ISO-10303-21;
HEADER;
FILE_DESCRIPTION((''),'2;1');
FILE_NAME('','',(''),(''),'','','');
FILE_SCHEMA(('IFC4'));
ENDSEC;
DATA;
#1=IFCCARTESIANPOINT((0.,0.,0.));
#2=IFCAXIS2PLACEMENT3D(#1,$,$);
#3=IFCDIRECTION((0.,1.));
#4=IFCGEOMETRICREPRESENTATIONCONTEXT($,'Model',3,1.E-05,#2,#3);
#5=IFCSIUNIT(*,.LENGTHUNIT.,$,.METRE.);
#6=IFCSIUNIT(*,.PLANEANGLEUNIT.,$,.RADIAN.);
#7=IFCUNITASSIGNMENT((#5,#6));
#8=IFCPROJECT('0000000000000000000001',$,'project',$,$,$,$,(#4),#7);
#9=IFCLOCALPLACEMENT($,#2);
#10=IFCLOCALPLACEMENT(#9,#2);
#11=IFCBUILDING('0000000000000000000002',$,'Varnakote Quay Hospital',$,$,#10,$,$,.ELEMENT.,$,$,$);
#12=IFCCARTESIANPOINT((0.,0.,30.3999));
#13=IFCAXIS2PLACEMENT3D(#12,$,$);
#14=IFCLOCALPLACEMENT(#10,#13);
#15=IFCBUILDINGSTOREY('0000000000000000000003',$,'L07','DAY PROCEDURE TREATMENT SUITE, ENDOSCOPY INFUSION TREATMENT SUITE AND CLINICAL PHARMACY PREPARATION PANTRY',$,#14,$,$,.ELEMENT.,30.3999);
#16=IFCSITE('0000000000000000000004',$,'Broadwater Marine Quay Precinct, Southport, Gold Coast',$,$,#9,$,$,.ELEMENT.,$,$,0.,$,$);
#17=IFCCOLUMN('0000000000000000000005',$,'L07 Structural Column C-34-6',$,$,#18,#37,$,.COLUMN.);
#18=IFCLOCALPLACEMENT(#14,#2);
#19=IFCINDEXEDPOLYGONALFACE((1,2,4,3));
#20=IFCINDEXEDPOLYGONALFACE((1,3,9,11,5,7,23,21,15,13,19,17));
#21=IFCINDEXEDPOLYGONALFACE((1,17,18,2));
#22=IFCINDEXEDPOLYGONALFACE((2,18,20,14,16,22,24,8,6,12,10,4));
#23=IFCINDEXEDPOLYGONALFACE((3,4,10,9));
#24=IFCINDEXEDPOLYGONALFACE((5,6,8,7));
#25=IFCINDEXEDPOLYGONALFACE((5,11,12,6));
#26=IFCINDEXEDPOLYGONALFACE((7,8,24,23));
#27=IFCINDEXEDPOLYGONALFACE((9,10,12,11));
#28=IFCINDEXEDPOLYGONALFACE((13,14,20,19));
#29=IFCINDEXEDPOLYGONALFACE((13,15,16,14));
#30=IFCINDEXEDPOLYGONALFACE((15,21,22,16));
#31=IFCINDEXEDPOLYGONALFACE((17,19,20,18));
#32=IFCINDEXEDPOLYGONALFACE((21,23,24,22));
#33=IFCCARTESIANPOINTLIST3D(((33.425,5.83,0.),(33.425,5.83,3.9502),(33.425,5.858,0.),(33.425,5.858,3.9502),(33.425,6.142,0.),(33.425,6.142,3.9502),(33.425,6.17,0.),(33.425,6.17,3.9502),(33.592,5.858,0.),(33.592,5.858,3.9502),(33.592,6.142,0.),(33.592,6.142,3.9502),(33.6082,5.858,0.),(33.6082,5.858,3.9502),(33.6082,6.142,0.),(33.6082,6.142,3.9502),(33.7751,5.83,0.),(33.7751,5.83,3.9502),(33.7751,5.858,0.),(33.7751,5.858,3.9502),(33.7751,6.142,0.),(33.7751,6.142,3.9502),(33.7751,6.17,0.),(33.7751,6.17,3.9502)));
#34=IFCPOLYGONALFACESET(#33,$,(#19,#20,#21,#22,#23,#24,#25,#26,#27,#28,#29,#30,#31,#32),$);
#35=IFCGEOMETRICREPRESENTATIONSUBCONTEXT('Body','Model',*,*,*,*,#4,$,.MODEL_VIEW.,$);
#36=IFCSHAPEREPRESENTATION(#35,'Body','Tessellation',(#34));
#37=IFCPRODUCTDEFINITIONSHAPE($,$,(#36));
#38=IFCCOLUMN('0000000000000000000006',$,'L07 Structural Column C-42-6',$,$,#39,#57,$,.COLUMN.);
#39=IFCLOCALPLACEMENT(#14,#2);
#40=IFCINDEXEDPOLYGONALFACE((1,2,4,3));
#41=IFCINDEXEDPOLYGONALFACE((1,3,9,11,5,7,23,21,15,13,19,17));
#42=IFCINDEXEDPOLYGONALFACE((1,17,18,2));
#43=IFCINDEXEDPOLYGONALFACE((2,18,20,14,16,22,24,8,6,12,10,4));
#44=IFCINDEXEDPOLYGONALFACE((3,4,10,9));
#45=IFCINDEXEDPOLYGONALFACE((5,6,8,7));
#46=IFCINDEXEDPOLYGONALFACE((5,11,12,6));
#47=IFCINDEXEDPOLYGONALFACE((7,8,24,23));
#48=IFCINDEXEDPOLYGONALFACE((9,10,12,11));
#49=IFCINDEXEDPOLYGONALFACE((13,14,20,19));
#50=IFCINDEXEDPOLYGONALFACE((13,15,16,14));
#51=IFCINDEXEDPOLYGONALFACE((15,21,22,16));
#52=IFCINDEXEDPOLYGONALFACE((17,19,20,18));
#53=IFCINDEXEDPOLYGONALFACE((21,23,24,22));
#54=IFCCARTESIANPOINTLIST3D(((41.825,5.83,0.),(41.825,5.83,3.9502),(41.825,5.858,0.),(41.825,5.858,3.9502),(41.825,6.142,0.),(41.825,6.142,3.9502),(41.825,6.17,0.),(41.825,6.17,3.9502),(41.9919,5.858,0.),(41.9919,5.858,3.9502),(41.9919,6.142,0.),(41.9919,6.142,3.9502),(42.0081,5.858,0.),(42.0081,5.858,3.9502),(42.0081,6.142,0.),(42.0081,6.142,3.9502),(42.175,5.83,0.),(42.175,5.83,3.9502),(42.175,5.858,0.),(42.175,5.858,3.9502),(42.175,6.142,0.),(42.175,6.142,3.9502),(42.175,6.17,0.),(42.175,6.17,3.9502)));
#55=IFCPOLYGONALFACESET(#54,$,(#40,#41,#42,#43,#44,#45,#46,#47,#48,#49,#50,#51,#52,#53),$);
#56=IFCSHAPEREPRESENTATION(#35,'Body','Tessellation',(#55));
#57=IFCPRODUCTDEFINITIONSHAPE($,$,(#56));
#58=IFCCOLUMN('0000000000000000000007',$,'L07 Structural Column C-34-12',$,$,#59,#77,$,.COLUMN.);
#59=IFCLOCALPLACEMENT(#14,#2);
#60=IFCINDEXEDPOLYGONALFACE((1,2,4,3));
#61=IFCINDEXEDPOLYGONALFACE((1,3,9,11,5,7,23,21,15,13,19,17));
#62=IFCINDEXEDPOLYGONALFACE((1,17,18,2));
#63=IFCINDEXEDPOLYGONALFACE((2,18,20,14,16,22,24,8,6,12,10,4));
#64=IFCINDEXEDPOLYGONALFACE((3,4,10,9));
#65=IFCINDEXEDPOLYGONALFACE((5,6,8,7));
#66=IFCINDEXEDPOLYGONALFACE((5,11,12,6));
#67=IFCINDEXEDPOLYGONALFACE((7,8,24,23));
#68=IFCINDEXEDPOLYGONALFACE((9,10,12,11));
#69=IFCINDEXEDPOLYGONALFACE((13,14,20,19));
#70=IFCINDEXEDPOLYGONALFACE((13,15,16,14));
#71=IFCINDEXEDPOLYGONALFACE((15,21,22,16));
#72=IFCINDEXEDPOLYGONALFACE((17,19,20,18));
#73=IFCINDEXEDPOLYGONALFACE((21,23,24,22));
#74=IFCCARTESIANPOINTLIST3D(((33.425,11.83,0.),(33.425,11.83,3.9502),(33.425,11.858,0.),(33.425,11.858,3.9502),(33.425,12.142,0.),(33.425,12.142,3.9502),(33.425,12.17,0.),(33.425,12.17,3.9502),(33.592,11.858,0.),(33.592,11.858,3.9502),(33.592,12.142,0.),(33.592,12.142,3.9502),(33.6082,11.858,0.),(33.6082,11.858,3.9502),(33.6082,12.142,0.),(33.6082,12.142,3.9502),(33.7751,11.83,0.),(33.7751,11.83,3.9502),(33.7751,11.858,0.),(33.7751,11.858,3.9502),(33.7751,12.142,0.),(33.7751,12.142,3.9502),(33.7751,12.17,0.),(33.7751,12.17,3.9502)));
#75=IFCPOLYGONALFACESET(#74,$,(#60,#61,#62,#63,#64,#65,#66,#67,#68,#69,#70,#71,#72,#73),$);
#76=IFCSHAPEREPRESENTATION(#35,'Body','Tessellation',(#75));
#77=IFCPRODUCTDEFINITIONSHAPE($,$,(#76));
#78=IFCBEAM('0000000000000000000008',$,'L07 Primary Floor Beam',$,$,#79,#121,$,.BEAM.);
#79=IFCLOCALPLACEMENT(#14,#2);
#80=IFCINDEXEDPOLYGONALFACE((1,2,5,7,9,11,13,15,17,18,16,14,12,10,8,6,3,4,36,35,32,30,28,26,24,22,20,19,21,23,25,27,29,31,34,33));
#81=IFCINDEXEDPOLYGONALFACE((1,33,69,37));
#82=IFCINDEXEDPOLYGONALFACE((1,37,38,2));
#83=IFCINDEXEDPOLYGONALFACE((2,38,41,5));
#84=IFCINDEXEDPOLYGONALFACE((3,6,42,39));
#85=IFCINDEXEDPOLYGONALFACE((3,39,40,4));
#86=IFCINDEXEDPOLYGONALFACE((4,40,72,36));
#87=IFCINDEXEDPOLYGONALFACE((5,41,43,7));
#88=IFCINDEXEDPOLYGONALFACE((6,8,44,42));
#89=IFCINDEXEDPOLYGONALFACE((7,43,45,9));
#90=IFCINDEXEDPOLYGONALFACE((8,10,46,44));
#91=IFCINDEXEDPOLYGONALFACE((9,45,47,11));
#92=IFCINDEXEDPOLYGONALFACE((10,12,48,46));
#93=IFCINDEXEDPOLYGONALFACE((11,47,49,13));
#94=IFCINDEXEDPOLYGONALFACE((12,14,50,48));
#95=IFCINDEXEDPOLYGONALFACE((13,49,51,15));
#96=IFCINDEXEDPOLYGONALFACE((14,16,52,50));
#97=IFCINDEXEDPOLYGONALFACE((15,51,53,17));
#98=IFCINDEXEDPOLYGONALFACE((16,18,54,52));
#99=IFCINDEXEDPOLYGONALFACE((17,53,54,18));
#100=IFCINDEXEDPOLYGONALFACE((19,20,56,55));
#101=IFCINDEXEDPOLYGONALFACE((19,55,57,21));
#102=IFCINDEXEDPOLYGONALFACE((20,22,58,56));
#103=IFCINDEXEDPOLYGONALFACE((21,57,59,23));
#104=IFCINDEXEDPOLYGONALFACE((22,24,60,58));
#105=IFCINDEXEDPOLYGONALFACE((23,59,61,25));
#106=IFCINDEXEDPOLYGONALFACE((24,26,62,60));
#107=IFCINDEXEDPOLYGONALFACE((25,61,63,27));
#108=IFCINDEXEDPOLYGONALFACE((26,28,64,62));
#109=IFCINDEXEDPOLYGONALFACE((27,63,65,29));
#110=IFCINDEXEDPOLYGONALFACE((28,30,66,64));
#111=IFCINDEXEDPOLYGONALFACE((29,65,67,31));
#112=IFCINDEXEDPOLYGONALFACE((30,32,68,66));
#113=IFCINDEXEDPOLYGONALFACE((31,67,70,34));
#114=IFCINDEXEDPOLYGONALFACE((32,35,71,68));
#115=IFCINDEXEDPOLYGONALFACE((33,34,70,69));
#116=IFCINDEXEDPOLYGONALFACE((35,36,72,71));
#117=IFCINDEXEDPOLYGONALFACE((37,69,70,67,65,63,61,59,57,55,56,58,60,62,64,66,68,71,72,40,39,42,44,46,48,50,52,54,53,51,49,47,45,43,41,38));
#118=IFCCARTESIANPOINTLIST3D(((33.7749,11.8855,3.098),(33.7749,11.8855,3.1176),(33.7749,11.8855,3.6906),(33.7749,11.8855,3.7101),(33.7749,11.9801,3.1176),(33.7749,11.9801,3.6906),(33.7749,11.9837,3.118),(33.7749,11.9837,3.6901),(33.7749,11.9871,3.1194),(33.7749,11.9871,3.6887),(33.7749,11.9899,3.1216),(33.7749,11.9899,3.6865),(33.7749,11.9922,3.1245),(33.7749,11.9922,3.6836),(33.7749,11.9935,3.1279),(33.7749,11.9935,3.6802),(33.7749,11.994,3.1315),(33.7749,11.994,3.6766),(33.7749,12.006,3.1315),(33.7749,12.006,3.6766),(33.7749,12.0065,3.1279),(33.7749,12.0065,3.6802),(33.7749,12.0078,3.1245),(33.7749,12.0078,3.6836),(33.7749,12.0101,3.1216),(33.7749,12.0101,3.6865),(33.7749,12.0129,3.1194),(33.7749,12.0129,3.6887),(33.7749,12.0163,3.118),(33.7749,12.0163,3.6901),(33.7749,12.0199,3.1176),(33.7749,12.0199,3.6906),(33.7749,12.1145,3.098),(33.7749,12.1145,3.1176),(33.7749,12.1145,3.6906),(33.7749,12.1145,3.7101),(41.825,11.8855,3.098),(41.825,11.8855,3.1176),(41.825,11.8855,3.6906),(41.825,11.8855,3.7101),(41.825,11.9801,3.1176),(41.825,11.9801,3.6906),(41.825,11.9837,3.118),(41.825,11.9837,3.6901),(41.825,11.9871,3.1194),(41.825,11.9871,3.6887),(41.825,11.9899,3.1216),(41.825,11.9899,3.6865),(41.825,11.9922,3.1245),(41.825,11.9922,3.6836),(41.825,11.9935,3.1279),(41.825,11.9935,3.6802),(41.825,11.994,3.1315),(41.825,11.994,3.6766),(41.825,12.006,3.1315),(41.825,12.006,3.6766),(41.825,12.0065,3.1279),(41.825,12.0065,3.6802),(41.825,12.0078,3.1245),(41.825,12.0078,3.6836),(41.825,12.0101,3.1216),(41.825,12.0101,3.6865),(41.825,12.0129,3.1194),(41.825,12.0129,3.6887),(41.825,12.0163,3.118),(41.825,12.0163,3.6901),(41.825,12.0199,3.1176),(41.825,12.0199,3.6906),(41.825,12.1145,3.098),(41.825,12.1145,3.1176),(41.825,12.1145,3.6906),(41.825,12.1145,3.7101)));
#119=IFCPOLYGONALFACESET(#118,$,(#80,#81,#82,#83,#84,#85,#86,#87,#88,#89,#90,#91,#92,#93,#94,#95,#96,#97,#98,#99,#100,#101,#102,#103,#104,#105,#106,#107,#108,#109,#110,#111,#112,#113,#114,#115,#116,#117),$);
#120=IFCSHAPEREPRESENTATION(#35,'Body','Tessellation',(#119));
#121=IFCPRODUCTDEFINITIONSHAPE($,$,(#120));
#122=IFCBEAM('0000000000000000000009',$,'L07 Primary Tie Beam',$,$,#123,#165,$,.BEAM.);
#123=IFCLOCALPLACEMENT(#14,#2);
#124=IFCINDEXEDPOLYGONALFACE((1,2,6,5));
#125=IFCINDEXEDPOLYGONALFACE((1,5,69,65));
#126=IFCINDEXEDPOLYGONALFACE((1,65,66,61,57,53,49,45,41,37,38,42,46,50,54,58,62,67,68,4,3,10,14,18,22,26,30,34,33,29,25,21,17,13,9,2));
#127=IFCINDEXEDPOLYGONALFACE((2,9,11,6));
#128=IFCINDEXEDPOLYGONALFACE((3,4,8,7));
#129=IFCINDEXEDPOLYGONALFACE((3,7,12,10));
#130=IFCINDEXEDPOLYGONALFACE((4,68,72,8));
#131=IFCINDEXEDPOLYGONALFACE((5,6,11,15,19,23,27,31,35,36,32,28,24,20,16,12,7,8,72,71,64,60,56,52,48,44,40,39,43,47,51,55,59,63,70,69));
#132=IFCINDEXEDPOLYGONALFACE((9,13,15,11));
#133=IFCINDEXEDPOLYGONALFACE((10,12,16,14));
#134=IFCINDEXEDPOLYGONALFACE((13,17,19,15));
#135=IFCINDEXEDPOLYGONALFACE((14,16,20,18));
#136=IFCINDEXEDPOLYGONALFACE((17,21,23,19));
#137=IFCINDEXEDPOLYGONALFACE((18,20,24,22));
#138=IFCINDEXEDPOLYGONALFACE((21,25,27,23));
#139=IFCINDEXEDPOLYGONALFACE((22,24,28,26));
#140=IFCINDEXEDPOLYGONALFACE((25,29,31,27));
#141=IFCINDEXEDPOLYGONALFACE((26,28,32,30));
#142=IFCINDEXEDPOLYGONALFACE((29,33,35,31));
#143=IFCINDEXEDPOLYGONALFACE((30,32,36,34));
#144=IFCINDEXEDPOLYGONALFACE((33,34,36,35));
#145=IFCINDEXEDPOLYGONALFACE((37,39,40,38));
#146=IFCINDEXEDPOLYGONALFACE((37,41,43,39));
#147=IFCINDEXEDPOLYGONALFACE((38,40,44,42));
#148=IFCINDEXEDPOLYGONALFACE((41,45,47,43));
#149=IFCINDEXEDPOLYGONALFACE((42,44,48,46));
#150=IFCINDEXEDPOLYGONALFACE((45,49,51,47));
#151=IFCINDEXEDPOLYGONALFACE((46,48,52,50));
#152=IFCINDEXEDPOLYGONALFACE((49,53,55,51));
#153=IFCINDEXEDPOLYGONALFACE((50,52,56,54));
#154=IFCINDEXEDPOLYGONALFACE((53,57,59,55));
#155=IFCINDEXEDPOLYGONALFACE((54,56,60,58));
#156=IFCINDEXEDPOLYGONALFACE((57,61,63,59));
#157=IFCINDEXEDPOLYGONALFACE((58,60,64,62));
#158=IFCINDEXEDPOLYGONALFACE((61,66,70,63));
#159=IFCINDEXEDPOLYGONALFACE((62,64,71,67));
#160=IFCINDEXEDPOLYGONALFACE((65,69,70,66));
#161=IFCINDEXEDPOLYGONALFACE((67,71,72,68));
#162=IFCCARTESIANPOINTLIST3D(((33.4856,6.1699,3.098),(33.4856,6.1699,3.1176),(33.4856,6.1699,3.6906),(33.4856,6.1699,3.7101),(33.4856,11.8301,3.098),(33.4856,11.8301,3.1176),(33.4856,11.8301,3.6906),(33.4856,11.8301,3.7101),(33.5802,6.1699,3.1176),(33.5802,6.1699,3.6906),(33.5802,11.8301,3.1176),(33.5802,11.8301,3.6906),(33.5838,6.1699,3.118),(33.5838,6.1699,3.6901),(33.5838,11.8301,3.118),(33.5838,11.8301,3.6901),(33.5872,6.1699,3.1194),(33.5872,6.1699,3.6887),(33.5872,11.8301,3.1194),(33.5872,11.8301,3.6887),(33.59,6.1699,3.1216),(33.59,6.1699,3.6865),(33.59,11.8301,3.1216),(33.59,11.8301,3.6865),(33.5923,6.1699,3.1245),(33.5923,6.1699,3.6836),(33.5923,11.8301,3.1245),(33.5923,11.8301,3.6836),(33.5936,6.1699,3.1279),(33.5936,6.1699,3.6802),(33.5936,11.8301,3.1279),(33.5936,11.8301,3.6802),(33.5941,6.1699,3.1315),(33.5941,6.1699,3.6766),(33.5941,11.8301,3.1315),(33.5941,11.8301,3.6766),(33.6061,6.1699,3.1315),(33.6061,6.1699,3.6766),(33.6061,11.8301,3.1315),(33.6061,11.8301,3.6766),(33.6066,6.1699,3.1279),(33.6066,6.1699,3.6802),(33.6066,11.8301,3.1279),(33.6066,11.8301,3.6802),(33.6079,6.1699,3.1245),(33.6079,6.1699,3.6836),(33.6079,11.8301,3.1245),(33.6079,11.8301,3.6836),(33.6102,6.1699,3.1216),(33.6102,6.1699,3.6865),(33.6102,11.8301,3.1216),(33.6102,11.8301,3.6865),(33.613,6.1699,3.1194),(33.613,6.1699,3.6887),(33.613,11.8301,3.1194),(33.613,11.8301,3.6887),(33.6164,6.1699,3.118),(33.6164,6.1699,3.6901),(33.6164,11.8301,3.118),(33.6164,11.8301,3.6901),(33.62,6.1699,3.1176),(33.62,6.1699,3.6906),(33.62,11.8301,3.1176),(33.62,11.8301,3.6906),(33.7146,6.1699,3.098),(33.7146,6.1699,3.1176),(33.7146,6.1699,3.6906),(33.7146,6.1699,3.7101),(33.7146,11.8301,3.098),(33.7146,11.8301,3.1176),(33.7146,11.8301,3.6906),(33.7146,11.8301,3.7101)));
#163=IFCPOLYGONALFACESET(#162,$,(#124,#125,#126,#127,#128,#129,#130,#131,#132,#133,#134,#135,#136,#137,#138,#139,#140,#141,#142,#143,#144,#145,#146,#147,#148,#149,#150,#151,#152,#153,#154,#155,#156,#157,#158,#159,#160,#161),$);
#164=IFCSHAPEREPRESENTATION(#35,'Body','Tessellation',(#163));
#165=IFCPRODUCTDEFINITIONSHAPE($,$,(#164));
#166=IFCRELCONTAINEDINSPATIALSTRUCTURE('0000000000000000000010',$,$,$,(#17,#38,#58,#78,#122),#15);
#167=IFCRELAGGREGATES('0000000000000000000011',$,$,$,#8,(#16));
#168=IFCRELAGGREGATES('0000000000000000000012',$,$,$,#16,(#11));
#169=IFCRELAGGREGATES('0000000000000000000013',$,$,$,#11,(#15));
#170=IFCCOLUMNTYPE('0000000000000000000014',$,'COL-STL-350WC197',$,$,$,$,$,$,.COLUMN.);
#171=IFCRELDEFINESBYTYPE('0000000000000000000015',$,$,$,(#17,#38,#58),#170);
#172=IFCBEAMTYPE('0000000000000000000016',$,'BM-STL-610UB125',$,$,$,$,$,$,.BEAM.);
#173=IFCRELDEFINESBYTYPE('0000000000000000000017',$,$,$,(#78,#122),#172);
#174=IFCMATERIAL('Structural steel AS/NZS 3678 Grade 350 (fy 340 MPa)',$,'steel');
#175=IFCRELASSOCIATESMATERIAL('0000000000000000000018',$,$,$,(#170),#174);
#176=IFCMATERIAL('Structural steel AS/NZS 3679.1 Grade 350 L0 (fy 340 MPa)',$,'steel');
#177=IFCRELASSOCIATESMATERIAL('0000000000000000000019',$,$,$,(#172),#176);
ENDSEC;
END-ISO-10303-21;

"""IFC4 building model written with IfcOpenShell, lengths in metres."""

from ifc_helpers import new_model, si_unit, direction, frame, origin, origin_2d, place, context, subcontext, project, spatial, i_section, extrude, material, material_profile, profile_set, type_object, element, save


model = new_model("IFC4")

# Units and contexts
model_context = context("Model", 3, precision=1e-05, world=origin(), true_north=direction((0.0, 1.0)))
body_context = subcontext(model_context, "Body", "Model", "MODEL_VIEW")
ifc_project = project(units=[si_unit("LENGTHUNIT", "METRE"), si_unit("PLANEANGLEUNIT", "RADIAN")], contexts=[model_context])

# Site, building, storey
site_placement = place(None, origin())
site = spatial("IfcSite", under=ifc_project, at=site_placement, Name="Broadwater Marine Quay Precinct, Southport, Gold Coast", CompositionType="ELEMENT", RefElevation=0.0)
building_placement = place(site_placement, origin())
building = spatial("IfcBuilding", under=site, at=building_placement, Name="Varnakote Quay Hospital", CompositionType="ELEMENT")
storey_placement = place(building_placement, frame((0.0, 0.0, 30.3999)))
storey = spatial("IfcBuildingStorey", under=building, at=storey_placement, Name="L07", Description="DAY PROCEDURE TREATMENT SUITE, ENDOSCOPY INFUSION TREATMENT SUITE AND CLINICAL PHARMACY PREPARATION PANTRY", CompositionType="ELEMENT", Elevation=30.3999)

# Columns
ifc_material_1 = material(Name="Structural steel AS/NZS 3678 Grade 350 (fy 340 MPa)", Category="steel")
ifc_material_profile_1 = material_profile(ifc_material_1, i_section(OverallWidth=0.3501, OverallDepth=0.3401, WebThickness=0.0161, FlangeThickness=0.0281, at=origin_2d()), Name="350WC197")
ifc_profile_set_1 = profile_set([ifc_material_profile_1], Name="Structural steel AS/NZS 3678 Grade 350 (fy 340 MPa)")
column_type = type_object("IfcColumnType", Name="COL-STL-350WC197", PredefinedType="COLUMN", material=ifc_profile_set_1)
for number, where, z_axis, x_axis, name in (
    (1, (33.6001, 6.0, 0.0), (0.0, 0.0, 1.0), (1.0, 0.0, 0.0), "L07 Structural Column C-34-6"),
    (2, (42.0, 6.0, 0.0), (0.0, 0.0, 1.0), (1.0, 0.0, 0.0), "L07 Structural Column C-42-6"),
    (3, (33.6001, 12.0, 0.0), (0.0, 0.0, 1.0), (1.0, 0.0, 0.0), "L07 Structural Column C-34-12"),
):
    element("IfcColumn", number, at=place(storey_placement, frame(where, z_axis=z_axis, x_axis=x_axis)), inside=storey, type_object=column_type, Name=name, PredefinedType="COLUMN", context=body_context, shape_type="SweptSolid", body=[
        extrude(i_section(OverallWidth=0.3501, OverallDepth=0.3401, WebThickness=0.0161, FlangeThickness=0.0281, at=origin_2d()), origin(), (0.0, 0.0, 1.0), 3.9502),
    ])

# Beams
ifc_material_2 = material(Name="Structural steel AS/NZS 3679.1 Grade 350 L0 (fy 340 MPa)", Category="steel")
ifc_material_profile_2 = material_profile(ifc_material_2, i_section(OverallWidth=0.229, OverallDepth=0.6121, WebThickness=0.012, FlangeThickness=0.0195, FilletRadius=0.0139, at=origin_2d()), Name="610UB125")
ifc_profile_set_2 = profile_set([ifc_material_profile_2], Name="Structural steel AS/NZS 3679.1 Grade 350 L0 (fy 340 MPa)")
beam_type_1 = type_object("IfcBeamType", Name="BM-STL-610UB125", PredefinedType="BEAM", material=ifc_profile_set_2)
beam_1_placement = place(storey_placement, frame((33.7749, 12.0, 3.4041), z_axis=(1.0, 0.0, 0.0), x_axis=(0.0, 1.0, 0.0)))
element("IfcBeam", 4, at=beam_1_placement, inside=storey, type_object=beam_type_1, Name="L07 Primary Floor Beam", PredefinedType="BEAM", context=body_context, shape_type="SweptSolid", body=[
    extrude(i_section(OverallWidth=0.229, OverallDepth=0.6121, WebThickness=0.012, FlangeThickness=0.0195, FilletRadius=0.0139, at=origin_2d()), origin(), (0.0, 0.0, 1.0), 8.05),
])
for number, where, z_axis, x_axis, name in (
    (5, (33.6001, 6.1699, 3.4041), (0.0, 1.0, 0.0), (-1.0, 0.0, 0.0), "L07 Primary Tie Beam"),
):
    element("IfcBeam", number, at=place(storey_placement, frame(where, z_axis=z_axis, x_axis=x_axis)), inside=storey, type_object=beam_type_1, Name=name, PredefinedType="BEAM", context=body_context, shape_type="SweptSolid", body=[
        extrude(i_section(OverallWidth=0.229, OverallDepth=0.6121, WebThickness=0.012, FlangeThickness=0.0195, FilletRadius=0.0139, at=origin_2d()), origin(), (0.0, 0.0, 1.0), 5.6602),
    ])

save(model, "model.ifc")
